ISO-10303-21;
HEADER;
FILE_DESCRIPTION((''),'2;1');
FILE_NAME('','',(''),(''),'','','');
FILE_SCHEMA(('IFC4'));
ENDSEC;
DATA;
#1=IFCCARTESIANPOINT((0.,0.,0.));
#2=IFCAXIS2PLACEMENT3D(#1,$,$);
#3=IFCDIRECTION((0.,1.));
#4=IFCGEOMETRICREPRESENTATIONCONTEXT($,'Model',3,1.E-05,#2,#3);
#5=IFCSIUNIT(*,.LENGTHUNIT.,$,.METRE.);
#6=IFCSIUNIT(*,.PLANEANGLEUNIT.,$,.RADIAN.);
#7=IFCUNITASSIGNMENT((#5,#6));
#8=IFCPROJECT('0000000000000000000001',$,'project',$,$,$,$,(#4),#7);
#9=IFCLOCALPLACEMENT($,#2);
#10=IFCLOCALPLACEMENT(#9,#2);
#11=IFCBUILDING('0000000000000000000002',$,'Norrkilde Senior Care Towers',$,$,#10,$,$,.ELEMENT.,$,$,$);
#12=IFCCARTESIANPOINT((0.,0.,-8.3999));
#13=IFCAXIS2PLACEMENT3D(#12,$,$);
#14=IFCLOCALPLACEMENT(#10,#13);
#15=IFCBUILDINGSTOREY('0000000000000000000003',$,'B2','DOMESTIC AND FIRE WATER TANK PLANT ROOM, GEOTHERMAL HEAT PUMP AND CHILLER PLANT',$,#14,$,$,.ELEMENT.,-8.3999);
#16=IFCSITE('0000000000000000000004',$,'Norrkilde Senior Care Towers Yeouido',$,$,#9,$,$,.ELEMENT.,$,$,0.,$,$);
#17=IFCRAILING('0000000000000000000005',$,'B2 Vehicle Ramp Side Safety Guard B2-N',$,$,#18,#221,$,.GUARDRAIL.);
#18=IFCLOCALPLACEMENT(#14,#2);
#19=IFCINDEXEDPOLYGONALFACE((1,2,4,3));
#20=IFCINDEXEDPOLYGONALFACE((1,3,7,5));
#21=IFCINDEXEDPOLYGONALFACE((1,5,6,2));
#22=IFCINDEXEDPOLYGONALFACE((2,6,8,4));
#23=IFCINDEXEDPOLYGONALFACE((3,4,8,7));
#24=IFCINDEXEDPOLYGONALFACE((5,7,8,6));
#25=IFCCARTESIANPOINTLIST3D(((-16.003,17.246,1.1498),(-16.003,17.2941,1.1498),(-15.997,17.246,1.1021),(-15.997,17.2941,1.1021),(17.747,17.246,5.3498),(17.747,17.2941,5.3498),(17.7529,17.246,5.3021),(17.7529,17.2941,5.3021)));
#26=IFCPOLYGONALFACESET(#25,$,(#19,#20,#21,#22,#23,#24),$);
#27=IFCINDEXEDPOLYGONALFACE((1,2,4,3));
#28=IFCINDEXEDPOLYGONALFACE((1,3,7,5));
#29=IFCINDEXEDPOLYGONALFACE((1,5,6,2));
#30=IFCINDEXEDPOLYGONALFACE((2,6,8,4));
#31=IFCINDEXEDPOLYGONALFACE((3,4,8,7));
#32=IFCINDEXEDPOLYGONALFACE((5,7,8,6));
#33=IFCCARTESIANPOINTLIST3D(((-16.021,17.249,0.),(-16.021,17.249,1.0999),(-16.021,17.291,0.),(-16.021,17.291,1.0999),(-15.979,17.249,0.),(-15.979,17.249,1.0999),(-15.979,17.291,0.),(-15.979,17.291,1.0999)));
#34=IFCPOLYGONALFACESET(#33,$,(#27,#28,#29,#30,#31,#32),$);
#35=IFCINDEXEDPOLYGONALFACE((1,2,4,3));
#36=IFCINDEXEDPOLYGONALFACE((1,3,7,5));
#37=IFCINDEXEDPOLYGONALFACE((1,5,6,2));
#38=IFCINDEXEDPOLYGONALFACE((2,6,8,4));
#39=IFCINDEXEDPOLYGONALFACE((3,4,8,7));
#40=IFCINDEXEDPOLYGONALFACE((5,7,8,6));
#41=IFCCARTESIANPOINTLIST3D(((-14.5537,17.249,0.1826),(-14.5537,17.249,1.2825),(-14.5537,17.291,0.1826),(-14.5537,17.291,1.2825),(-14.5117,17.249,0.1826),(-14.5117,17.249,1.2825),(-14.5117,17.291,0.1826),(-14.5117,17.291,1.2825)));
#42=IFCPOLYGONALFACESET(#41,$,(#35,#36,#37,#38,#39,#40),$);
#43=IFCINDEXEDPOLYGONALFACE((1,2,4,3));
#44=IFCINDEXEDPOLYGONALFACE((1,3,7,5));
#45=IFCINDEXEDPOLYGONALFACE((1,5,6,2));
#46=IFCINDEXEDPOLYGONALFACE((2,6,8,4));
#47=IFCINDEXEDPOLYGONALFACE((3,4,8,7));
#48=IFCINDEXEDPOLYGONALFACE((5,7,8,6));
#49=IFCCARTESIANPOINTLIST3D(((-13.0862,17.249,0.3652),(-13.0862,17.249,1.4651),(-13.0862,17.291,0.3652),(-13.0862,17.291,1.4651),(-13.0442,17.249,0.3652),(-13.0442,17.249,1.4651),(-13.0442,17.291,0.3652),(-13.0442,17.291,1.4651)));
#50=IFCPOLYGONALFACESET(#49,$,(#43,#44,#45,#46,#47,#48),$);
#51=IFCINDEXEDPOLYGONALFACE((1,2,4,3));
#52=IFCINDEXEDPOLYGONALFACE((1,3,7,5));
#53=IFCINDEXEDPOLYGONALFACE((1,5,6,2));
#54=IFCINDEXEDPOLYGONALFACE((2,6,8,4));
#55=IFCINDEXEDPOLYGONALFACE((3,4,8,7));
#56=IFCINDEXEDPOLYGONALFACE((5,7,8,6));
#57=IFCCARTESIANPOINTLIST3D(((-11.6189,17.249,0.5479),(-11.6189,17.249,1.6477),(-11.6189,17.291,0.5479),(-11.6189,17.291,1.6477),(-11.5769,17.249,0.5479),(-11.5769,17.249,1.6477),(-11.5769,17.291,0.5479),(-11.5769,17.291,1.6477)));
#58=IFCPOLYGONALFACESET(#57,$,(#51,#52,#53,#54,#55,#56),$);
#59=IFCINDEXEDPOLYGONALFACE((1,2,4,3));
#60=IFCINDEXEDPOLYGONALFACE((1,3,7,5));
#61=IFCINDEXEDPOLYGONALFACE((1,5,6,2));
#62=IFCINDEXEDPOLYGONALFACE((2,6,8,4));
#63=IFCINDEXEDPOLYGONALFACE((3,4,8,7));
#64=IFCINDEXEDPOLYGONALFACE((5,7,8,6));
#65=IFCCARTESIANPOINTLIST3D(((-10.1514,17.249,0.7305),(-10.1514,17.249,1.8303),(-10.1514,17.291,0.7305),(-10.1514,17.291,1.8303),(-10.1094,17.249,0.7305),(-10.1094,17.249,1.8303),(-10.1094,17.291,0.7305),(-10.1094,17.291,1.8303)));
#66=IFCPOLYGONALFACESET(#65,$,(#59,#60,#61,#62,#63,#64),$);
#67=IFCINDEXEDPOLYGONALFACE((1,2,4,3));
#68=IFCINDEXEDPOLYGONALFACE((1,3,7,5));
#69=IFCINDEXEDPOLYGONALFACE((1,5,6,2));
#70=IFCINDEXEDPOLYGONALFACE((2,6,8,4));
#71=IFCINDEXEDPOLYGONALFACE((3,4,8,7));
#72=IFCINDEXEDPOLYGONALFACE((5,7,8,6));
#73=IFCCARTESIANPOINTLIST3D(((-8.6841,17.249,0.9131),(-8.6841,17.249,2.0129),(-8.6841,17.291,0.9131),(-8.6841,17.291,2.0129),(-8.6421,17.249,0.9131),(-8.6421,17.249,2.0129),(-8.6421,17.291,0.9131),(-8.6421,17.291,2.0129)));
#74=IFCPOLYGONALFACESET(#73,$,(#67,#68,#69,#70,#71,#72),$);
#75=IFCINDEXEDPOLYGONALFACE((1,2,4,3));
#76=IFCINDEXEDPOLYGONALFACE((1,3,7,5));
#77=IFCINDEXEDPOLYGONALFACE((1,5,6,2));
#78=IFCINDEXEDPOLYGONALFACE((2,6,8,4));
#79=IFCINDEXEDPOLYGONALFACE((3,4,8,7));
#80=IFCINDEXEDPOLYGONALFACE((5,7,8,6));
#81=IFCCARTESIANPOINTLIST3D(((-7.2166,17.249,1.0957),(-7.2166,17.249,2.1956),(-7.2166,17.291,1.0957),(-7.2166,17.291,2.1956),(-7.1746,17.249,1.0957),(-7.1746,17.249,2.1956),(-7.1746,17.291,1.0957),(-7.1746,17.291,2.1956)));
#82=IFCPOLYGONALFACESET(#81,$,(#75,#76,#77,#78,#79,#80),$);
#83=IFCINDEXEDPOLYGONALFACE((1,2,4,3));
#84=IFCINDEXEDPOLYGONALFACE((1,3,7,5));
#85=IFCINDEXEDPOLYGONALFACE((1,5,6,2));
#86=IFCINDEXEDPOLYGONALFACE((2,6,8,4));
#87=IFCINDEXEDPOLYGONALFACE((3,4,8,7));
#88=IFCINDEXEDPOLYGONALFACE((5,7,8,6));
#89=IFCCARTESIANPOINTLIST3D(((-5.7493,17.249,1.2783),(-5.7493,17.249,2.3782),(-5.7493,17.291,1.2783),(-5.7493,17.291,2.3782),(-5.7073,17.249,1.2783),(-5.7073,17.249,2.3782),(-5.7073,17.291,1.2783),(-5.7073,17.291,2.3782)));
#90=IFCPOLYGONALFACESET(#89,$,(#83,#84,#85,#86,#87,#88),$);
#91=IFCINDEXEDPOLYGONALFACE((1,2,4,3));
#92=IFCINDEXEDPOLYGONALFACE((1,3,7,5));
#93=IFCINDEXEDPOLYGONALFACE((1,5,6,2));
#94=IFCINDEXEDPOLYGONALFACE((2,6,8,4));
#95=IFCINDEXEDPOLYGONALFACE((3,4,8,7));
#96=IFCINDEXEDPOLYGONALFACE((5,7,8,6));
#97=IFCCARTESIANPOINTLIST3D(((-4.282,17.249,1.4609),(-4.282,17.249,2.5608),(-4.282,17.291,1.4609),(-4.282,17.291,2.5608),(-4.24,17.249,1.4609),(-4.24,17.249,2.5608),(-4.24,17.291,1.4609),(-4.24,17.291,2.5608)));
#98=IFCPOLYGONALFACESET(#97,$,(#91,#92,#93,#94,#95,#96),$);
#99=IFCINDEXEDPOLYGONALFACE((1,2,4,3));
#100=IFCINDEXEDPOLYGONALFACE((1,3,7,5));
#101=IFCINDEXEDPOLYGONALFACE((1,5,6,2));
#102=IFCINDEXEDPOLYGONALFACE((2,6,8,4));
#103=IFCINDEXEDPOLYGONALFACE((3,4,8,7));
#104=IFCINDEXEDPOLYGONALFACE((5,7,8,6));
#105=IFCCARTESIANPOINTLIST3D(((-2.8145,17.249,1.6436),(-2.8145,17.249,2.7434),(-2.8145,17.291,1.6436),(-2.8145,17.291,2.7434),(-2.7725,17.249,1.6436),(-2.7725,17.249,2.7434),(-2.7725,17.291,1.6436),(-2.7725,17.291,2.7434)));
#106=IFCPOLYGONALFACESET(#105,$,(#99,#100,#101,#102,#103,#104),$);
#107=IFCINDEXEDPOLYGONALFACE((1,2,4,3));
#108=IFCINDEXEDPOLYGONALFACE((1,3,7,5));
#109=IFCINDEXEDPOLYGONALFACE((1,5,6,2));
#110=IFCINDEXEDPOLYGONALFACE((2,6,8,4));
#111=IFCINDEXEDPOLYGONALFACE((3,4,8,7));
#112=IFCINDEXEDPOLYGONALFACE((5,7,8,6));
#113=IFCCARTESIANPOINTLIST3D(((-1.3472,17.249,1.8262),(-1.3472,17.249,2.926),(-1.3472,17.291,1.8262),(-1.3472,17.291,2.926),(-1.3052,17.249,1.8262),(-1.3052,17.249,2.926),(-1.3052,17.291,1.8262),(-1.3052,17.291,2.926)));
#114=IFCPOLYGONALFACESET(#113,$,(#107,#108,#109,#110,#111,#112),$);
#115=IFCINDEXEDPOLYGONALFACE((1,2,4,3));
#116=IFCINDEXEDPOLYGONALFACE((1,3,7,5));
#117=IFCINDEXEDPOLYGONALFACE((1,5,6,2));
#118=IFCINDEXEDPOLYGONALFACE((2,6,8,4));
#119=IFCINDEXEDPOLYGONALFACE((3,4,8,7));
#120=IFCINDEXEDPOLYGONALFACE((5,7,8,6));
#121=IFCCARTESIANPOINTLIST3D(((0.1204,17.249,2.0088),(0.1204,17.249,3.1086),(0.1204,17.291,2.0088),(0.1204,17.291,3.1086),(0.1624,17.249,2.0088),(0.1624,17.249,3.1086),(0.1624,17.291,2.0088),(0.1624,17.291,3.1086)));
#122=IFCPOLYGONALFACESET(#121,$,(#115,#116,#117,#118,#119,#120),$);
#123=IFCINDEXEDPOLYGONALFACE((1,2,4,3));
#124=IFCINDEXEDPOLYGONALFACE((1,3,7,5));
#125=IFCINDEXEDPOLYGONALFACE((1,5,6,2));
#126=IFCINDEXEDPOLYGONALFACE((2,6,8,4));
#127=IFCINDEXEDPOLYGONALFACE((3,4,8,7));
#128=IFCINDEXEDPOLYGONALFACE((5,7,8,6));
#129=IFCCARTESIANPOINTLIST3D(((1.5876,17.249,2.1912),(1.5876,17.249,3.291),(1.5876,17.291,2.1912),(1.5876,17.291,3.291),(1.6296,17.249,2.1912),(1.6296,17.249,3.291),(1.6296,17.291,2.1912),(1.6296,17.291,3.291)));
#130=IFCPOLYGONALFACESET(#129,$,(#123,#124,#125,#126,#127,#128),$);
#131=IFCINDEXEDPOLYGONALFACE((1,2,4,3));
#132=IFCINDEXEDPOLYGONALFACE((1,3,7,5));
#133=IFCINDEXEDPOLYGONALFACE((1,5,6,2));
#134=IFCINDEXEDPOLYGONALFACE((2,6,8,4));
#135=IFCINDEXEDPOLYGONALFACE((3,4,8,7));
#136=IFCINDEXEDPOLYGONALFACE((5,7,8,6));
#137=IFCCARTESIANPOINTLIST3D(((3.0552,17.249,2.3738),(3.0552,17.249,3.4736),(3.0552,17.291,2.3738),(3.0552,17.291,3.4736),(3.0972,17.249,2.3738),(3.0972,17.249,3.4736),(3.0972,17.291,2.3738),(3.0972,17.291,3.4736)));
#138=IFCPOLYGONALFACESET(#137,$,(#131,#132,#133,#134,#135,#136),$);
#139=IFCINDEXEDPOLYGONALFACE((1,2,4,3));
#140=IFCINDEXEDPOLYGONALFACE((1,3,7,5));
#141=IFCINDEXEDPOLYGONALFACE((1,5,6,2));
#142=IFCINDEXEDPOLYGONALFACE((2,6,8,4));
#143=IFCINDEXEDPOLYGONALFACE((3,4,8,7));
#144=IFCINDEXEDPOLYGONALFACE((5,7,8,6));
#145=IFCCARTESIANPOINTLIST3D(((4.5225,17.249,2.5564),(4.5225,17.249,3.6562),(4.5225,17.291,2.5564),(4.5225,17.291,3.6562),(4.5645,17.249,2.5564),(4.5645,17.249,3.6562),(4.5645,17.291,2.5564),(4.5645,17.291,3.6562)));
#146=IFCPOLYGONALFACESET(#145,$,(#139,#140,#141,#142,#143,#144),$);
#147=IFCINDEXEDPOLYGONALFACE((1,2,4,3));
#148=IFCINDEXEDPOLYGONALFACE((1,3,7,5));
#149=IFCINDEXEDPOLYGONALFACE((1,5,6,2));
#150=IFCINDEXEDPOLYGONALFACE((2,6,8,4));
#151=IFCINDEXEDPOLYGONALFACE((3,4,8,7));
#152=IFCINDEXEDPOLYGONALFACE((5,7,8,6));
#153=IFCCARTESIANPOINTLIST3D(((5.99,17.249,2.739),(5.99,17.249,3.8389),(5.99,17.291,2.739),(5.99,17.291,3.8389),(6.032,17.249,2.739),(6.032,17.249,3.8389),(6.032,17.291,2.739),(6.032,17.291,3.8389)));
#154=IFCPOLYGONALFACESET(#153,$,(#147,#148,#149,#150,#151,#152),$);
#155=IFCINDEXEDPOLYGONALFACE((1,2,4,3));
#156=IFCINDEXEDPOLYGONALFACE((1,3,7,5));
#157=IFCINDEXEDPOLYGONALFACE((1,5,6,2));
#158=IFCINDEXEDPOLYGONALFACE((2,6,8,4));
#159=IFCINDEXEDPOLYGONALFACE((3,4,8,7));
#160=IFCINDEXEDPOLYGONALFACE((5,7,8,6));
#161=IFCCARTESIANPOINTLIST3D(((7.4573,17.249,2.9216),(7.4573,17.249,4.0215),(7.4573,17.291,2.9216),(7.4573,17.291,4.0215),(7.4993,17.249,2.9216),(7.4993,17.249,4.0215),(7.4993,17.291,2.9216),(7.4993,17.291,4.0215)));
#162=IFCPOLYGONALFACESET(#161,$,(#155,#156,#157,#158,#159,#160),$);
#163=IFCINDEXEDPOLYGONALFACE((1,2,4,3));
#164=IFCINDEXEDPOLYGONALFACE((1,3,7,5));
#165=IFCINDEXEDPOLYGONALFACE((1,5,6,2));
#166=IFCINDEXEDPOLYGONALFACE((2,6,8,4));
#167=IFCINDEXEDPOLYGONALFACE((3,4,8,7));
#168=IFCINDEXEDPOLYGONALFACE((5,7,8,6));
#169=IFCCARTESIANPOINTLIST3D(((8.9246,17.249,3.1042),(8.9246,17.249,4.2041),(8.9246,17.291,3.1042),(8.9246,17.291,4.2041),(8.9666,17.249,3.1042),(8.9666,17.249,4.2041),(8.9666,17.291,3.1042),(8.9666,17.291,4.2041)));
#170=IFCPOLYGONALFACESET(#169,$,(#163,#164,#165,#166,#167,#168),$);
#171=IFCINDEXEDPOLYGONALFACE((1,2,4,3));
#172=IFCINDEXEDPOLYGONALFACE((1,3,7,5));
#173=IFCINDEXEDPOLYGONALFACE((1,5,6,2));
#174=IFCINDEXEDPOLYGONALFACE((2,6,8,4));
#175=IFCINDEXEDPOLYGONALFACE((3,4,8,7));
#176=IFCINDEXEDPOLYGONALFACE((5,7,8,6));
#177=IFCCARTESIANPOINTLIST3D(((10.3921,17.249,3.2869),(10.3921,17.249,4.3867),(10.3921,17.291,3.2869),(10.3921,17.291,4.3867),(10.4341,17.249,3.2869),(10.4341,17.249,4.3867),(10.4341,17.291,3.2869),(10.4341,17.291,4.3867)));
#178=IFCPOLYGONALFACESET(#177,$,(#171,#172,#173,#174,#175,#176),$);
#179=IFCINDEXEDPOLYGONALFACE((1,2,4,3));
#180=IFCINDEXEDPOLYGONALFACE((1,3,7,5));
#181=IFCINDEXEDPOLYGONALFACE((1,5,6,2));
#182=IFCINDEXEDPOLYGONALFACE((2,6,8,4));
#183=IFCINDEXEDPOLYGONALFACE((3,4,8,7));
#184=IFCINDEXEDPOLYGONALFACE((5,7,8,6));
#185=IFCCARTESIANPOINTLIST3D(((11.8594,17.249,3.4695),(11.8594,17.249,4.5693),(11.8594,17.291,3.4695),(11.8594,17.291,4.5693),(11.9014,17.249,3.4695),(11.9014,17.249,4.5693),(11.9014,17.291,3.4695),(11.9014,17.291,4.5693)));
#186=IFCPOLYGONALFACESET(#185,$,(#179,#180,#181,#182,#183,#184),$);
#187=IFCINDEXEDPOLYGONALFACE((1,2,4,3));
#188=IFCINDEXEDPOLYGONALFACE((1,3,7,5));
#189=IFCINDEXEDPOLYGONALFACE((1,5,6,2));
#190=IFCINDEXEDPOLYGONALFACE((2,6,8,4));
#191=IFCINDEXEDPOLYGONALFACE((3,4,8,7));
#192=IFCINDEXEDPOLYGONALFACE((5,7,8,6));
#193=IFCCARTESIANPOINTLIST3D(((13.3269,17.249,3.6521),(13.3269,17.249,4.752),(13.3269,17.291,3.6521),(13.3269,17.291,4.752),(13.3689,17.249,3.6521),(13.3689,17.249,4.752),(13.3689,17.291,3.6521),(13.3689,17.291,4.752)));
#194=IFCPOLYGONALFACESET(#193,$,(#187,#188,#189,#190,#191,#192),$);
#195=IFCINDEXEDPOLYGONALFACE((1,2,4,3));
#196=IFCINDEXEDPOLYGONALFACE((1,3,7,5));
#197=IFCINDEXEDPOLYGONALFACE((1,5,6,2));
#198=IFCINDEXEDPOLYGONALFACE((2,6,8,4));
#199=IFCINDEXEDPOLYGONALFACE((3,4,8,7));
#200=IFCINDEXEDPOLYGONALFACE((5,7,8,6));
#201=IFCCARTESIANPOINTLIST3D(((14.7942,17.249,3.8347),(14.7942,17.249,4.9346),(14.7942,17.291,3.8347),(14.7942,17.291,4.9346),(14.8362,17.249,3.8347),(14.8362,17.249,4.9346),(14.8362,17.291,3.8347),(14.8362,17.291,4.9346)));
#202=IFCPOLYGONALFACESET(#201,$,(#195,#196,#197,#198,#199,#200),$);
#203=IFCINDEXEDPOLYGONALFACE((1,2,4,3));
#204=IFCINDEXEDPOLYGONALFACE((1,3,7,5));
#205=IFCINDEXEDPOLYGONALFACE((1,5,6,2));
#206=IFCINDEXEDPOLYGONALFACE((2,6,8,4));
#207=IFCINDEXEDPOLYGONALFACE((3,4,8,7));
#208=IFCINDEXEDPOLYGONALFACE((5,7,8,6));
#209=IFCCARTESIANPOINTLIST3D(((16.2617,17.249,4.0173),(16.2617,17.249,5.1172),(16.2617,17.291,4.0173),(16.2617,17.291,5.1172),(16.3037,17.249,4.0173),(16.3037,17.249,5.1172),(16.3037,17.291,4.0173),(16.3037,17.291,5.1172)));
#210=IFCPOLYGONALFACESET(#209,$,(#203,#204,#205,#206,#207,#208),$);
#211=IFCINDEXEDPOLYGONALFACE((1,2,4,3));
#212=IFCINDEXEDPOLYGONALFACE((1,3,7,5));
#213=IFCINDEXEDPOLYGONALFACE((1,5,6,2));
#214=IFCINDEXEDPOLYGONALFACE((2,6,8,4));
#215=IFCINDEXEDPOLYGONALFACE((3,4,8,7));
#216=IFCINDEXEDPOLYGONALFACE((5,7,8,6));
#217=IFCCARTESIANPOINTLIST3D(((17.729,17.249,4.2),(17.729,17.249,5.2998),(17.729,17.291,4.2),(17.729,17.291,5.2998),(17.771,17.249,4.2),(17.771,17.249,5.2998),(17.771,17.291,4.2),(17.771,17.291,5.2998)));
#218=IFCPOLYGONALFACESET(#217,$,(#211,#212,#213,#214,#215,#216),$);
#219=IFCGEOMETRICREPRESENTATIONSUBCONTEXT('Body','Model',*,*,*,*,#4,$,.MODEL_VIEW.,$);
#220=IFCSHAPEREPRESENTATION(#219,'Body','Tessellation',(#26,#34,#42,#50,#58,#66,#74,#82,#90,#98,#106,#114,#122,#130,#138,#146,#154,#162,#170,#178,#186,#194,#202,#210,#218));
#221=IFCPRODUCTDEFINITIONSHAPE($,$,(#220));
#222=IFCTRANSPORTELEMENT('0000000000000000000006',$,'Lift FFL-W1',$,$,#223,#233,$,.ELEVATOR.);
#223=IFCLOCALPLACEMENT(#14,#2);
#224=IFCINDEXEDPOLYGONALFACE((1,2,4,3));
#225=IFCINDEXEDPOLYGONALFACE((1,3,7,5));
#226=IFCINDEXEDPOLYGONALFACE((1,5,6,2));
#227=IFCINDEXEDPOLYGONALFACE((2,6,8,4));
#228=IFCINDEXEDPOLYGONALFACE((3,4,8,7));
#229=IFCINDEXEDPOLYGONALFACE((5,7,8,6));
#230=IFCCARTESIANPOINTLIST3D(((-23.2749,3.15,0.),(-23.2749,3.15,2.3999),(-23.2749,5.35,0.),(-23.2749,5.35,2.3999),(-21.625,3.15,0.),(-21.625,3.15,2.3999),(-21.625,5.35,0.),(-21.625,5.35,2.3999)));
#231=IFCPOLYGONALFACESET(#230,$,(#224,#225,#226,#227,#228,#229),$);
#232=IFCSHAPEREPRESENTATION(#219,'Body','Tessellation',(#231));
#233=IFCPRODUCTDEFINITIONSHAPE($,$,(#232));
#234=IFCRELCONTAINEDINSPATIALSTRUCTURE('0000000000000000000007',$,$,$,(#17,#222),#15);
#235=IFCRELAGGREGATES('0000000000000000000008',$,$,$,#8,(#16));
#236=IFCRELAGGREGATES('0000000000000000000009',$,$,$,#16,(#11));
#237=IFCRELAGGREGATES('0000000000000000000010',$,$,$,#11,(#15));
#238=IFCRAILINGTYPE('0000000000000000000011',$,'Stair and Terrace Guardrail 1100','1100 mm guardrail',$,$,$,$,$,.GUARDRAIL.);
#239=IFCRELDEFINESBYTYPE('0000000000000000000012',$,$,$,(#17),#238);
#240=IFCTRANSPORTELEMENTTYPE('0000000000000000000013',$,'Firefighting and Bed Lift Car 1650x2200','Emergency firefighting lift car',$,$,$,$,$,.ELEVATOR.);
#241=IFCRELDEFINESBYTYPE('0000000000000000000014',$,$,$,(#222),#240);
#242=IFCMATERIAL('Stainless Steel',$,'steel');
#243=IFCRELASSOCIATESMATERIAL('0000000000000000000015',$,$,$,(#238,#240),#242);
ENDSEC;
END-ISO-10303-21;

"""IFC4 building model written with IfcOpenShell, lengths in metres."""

from ifc_helpers import new_model, si_unit, direction, frame, origin, origin_2d, place, context, subcontext, project, spatial, rectangle, extrude, source, transform, mapped, material, type_object, type_shapes, element, save


model = new_model("IFC4")

# Units and contexts
model_context = context("Model", 3, precision=1e-05, world=origin(), true_north=direction((0.0, 1.0)))
body_context = subcontext(model_context, "Body", "Model", "MODEL_VIEW")
ifc_project = project(units=[si_unit("LENGTHUNIT", "METRE"), si_unit("PLANEANGLEUNIT", "RADIAN")], contexts=[model_context])

# Site, building, storey
site_placement = place(None, origin())
site = spatial("IfcSite", under=ifc_project, at=site_placement, Name="Norrkilde Senior Care Towers Yeouido", CompositionType="ELEMENT", RefElevation=0.0)
building_placement = place(site_placement, origin())
building = spatial("IfcBuilding", under=site, at=building_placement, Name="Norrkilde Senior Care Towers", CompositionType="ELEMENT")
storey_placement = place(building_placement, frame((0.0, 0.0, -8.3999)))
storey = spatial("IfcBuildingStorey", under=building, at=storey_placement, Name="B2", Description="DOMESTIC AND FIRE WATER TANK PLANT ROOM, GEOTHERMAL HEAT PUMP AND CHILLER PLANT", CompositionType="ELEMENT", Elevation=-8.3999)

# Railing
ifc_material_1 = material(Name="Stainless Steel", Category="steel")
railing_type = type_object("IfcRailingType", Name="Stair and Terrace Guardrail 1100", Description="1100 mm guardrail", PredefinedType="GUARDRAIL", material=ifc_material_1)
railing_1_placement = place(storey_placement, frame((-16.0, 17.27, 0.0)))
element("IfcRailing", 1, at=railing_1_placement, inside=storey, type_object=railing_type, Name="B2 Vehicle Ramp Side Safety Guard B2-N", PredefinedType="GUARDRAIL", context=body_context, shape_type="SweptSolid", body=[
    extrude(rectangle(XDim=0.0481, YDim=0.0481, at=origin_2d()), frame((0.0, 0.0, 1.126), z_axis=(0.992346, 0.0, 0.12349), x_axis=(0.0, 1.0, 0.0)), (0.0, 0.0, 1.0), 34.0103),
    extrude(rectangle(XDim=0.042, YDim=0.042, at=origin_2d()), origin(), (0.0, 0.0, 1.0), 1.0999),
    extrude(rectangle(XDim=0.042, YDim=0.042, at=origin_2d()), frame((1.4673, 0.0, 0.1826)), (0.0, 0.0, 1.0), 1.0999),
    extrude(rectangle(XDim=0.042, YDim=0.042, at=origin_2d()), frame((2.9348, 0.0, 0.3652)), (0.0, 0.0, 1.0), 1.0999),
    extrude(rectangle(XDim=0.042, YDim=0.042, at=origin_2d()), frame((4.4021, 0.0, 0.5479)), (0.0, 0.0, 1.0), 1.0999),
    extrude(rectangle(XDim=0.042, YDim=0.042, at=origin_2d()), frame((5.8696, 0.0, 0.7305)), (0.0, 0.0, 1.0), 1.0999),
    extrude(rectangle(XDim=0.042, YDim=0.042, at=origin_2d()), frame((7.3369, 0.0, 0.9131)), (0.0, 0.0, 1.0), 1.0999),
    extrude(rectangle(XDim=0.042, YDim=0.042, at=origin_2d()), frame((8.8044, 0.0, 1.0957)), (0.0, 0.0, 1.0), 1.0999),
    extrude(rectangle(XDim=0.042, YDim=0.042, at=origin_2d()), frame((10.2717, 0.0, 1.2783)), (0.0, 0.0, 1.0), 1.0999),
    extrude(rectangle(XDim=0.042, YDim=0.042, at=origin_2d()), frame((11.739, 0.0, 1.4609)), (0.0, 0.0, 1.0), 1.0999),
    extrude(rectangle(XDim=0.042, YDim=0.042, at=origin_2d()), frame((13.2065, 0.0, 1.6436)), (0.0, 0.0, 1.0), 1.0999),
    extrude(rectangle(XDim=0.042, YDim=0.042, at=origin_2d()), frame((14.6738, 0.0, 1.8262)), (0.0, 0.0, 1.0), 1.0999),
    extrude(rectangle(XDim=0.042, YDim=0.042, at=origin_2d()), frame((16.1414, 0.0, 2.0088)), (0.0, 0.0, 1.0), 1.0999),
    extrude(rectangle(XDim=0.042, YDim=0.042, at=origin_2d()), frame((17.6086, 0.0, 2.1912)), (0.0, 0.0, 1.0), 1.0999),
    extrude(rectangle(XDim=0.042, YDim=0.042, at=origin_2d()), frame((19.0762, 0.0, 2.3738)), (0.0, 0.0, 1.0), 1.0999),
    extrude(rectangle(XDim=0.042, YDim=0.042, at=origin_2d()), frame((20.5435, 0.0, 2.5564)), (0.0, 0.0, 1.0), 1.0999),
    extrude(rectangle(XDim=0.042, YDim=0.042, at=origin_2d()), frame((22.011, 0.0, 2.739)), (0.0, 0.0, 1.0), 1.0999),
    extrude(rectangle(XDim=0.042, YDim=0.042, at=origin_2d()), frame((23.4783, 0.0, 2.9216)), (0.0, 0.0, 1.0), 1.0999),
    extrude(rectangle(XDim=0.042, YDim=0.042, at=origin_2d()), frame((24.9456, 0.0, 3.1042)), (0.0, 0.0, 1.0), 1.0999),
    extrude(rectangle(XDim=0.042, YDim=0.042, at=origin_2d()), frame((26.4131, 0.0, 3.2869)), (0.0, 0.0, 1.0), 1.0999),
    extrude(rectangle(XDim=0.042, YDim=0.042, at=origin_2d()), frame((27.8804, 0.0, 3.4695)), (0.0, 0.0, 1.0), 1.0999),
    extrude(rectangle(XDim=0.042, YDim=0.042, at=origin_2d()), frame((29.3479, 0.0, 3.6521)), (0.0, 0.0, 1.0), 1.0999),
    extrude(rectangle(XDim=0.042, YDim=0.042, at=origin_2d()), frame((30.8152, 0.0, 3.8347)), (0.0, 0.0, 1.0), 1.0999),
    extrude(rectangle(XDim=0.042, YDim=0.042, at=origin_2d()), frame((32.2827, 0.0, 4.0173)), (0.0, 0.0, 1.0), 1.0999),
    extrude(rectangle(XDim=0.042, YDim=0.042, at=origin_2d()), frame((33.75, 0.0, 4.2)), (0.0, 0.0, 1.0), 1.0999),
])

# Transport element
transport_element_type_1 = type_object("IfcTransportElementType", Name="Firefighting and Bed Lift Car 1650x2200", Description="Emergency firefighting lift car", PredefinedType="ELEVATOR", material=ifc_material_1)
shared_shape_1 = source(origin(), body_context, "Body", "SweptSolid", [
    extrude(rectangle(XDim=1.6499, YDim=2.2, at=origin_2d()), origin(), (0.0, 0.0, 1.0), 2.3999),
])
type_shapes(transport_element_type_1, [shared_shape_1])
transport_element_1_placement = place(storey_placement, frame((-22.45, 4.25, 0.0), z_axis=(0.0, 0.0, 1.0), x_axis=(1.0, 0.0, 0.0)))
element("IfcTransportElement", 2, at=transport_element_1_placement, inside=storey, type_object=transport_element_type_1, Name="Lift FFL-W1", PredefinedType="ELEVATOR", context=body_context, shape_type="MappedRepresentation", body=[
    mapped(shared_shape_1, transform((0.0, 0.0, 0.0), x_axis=(1.0, 0.0, 0.0), y_axis=(0.0, 1.0, 0.0), z_axis=(0.0, 0.0, 1.0), scale=1.0)),
])

save(model, "model.ifc")
